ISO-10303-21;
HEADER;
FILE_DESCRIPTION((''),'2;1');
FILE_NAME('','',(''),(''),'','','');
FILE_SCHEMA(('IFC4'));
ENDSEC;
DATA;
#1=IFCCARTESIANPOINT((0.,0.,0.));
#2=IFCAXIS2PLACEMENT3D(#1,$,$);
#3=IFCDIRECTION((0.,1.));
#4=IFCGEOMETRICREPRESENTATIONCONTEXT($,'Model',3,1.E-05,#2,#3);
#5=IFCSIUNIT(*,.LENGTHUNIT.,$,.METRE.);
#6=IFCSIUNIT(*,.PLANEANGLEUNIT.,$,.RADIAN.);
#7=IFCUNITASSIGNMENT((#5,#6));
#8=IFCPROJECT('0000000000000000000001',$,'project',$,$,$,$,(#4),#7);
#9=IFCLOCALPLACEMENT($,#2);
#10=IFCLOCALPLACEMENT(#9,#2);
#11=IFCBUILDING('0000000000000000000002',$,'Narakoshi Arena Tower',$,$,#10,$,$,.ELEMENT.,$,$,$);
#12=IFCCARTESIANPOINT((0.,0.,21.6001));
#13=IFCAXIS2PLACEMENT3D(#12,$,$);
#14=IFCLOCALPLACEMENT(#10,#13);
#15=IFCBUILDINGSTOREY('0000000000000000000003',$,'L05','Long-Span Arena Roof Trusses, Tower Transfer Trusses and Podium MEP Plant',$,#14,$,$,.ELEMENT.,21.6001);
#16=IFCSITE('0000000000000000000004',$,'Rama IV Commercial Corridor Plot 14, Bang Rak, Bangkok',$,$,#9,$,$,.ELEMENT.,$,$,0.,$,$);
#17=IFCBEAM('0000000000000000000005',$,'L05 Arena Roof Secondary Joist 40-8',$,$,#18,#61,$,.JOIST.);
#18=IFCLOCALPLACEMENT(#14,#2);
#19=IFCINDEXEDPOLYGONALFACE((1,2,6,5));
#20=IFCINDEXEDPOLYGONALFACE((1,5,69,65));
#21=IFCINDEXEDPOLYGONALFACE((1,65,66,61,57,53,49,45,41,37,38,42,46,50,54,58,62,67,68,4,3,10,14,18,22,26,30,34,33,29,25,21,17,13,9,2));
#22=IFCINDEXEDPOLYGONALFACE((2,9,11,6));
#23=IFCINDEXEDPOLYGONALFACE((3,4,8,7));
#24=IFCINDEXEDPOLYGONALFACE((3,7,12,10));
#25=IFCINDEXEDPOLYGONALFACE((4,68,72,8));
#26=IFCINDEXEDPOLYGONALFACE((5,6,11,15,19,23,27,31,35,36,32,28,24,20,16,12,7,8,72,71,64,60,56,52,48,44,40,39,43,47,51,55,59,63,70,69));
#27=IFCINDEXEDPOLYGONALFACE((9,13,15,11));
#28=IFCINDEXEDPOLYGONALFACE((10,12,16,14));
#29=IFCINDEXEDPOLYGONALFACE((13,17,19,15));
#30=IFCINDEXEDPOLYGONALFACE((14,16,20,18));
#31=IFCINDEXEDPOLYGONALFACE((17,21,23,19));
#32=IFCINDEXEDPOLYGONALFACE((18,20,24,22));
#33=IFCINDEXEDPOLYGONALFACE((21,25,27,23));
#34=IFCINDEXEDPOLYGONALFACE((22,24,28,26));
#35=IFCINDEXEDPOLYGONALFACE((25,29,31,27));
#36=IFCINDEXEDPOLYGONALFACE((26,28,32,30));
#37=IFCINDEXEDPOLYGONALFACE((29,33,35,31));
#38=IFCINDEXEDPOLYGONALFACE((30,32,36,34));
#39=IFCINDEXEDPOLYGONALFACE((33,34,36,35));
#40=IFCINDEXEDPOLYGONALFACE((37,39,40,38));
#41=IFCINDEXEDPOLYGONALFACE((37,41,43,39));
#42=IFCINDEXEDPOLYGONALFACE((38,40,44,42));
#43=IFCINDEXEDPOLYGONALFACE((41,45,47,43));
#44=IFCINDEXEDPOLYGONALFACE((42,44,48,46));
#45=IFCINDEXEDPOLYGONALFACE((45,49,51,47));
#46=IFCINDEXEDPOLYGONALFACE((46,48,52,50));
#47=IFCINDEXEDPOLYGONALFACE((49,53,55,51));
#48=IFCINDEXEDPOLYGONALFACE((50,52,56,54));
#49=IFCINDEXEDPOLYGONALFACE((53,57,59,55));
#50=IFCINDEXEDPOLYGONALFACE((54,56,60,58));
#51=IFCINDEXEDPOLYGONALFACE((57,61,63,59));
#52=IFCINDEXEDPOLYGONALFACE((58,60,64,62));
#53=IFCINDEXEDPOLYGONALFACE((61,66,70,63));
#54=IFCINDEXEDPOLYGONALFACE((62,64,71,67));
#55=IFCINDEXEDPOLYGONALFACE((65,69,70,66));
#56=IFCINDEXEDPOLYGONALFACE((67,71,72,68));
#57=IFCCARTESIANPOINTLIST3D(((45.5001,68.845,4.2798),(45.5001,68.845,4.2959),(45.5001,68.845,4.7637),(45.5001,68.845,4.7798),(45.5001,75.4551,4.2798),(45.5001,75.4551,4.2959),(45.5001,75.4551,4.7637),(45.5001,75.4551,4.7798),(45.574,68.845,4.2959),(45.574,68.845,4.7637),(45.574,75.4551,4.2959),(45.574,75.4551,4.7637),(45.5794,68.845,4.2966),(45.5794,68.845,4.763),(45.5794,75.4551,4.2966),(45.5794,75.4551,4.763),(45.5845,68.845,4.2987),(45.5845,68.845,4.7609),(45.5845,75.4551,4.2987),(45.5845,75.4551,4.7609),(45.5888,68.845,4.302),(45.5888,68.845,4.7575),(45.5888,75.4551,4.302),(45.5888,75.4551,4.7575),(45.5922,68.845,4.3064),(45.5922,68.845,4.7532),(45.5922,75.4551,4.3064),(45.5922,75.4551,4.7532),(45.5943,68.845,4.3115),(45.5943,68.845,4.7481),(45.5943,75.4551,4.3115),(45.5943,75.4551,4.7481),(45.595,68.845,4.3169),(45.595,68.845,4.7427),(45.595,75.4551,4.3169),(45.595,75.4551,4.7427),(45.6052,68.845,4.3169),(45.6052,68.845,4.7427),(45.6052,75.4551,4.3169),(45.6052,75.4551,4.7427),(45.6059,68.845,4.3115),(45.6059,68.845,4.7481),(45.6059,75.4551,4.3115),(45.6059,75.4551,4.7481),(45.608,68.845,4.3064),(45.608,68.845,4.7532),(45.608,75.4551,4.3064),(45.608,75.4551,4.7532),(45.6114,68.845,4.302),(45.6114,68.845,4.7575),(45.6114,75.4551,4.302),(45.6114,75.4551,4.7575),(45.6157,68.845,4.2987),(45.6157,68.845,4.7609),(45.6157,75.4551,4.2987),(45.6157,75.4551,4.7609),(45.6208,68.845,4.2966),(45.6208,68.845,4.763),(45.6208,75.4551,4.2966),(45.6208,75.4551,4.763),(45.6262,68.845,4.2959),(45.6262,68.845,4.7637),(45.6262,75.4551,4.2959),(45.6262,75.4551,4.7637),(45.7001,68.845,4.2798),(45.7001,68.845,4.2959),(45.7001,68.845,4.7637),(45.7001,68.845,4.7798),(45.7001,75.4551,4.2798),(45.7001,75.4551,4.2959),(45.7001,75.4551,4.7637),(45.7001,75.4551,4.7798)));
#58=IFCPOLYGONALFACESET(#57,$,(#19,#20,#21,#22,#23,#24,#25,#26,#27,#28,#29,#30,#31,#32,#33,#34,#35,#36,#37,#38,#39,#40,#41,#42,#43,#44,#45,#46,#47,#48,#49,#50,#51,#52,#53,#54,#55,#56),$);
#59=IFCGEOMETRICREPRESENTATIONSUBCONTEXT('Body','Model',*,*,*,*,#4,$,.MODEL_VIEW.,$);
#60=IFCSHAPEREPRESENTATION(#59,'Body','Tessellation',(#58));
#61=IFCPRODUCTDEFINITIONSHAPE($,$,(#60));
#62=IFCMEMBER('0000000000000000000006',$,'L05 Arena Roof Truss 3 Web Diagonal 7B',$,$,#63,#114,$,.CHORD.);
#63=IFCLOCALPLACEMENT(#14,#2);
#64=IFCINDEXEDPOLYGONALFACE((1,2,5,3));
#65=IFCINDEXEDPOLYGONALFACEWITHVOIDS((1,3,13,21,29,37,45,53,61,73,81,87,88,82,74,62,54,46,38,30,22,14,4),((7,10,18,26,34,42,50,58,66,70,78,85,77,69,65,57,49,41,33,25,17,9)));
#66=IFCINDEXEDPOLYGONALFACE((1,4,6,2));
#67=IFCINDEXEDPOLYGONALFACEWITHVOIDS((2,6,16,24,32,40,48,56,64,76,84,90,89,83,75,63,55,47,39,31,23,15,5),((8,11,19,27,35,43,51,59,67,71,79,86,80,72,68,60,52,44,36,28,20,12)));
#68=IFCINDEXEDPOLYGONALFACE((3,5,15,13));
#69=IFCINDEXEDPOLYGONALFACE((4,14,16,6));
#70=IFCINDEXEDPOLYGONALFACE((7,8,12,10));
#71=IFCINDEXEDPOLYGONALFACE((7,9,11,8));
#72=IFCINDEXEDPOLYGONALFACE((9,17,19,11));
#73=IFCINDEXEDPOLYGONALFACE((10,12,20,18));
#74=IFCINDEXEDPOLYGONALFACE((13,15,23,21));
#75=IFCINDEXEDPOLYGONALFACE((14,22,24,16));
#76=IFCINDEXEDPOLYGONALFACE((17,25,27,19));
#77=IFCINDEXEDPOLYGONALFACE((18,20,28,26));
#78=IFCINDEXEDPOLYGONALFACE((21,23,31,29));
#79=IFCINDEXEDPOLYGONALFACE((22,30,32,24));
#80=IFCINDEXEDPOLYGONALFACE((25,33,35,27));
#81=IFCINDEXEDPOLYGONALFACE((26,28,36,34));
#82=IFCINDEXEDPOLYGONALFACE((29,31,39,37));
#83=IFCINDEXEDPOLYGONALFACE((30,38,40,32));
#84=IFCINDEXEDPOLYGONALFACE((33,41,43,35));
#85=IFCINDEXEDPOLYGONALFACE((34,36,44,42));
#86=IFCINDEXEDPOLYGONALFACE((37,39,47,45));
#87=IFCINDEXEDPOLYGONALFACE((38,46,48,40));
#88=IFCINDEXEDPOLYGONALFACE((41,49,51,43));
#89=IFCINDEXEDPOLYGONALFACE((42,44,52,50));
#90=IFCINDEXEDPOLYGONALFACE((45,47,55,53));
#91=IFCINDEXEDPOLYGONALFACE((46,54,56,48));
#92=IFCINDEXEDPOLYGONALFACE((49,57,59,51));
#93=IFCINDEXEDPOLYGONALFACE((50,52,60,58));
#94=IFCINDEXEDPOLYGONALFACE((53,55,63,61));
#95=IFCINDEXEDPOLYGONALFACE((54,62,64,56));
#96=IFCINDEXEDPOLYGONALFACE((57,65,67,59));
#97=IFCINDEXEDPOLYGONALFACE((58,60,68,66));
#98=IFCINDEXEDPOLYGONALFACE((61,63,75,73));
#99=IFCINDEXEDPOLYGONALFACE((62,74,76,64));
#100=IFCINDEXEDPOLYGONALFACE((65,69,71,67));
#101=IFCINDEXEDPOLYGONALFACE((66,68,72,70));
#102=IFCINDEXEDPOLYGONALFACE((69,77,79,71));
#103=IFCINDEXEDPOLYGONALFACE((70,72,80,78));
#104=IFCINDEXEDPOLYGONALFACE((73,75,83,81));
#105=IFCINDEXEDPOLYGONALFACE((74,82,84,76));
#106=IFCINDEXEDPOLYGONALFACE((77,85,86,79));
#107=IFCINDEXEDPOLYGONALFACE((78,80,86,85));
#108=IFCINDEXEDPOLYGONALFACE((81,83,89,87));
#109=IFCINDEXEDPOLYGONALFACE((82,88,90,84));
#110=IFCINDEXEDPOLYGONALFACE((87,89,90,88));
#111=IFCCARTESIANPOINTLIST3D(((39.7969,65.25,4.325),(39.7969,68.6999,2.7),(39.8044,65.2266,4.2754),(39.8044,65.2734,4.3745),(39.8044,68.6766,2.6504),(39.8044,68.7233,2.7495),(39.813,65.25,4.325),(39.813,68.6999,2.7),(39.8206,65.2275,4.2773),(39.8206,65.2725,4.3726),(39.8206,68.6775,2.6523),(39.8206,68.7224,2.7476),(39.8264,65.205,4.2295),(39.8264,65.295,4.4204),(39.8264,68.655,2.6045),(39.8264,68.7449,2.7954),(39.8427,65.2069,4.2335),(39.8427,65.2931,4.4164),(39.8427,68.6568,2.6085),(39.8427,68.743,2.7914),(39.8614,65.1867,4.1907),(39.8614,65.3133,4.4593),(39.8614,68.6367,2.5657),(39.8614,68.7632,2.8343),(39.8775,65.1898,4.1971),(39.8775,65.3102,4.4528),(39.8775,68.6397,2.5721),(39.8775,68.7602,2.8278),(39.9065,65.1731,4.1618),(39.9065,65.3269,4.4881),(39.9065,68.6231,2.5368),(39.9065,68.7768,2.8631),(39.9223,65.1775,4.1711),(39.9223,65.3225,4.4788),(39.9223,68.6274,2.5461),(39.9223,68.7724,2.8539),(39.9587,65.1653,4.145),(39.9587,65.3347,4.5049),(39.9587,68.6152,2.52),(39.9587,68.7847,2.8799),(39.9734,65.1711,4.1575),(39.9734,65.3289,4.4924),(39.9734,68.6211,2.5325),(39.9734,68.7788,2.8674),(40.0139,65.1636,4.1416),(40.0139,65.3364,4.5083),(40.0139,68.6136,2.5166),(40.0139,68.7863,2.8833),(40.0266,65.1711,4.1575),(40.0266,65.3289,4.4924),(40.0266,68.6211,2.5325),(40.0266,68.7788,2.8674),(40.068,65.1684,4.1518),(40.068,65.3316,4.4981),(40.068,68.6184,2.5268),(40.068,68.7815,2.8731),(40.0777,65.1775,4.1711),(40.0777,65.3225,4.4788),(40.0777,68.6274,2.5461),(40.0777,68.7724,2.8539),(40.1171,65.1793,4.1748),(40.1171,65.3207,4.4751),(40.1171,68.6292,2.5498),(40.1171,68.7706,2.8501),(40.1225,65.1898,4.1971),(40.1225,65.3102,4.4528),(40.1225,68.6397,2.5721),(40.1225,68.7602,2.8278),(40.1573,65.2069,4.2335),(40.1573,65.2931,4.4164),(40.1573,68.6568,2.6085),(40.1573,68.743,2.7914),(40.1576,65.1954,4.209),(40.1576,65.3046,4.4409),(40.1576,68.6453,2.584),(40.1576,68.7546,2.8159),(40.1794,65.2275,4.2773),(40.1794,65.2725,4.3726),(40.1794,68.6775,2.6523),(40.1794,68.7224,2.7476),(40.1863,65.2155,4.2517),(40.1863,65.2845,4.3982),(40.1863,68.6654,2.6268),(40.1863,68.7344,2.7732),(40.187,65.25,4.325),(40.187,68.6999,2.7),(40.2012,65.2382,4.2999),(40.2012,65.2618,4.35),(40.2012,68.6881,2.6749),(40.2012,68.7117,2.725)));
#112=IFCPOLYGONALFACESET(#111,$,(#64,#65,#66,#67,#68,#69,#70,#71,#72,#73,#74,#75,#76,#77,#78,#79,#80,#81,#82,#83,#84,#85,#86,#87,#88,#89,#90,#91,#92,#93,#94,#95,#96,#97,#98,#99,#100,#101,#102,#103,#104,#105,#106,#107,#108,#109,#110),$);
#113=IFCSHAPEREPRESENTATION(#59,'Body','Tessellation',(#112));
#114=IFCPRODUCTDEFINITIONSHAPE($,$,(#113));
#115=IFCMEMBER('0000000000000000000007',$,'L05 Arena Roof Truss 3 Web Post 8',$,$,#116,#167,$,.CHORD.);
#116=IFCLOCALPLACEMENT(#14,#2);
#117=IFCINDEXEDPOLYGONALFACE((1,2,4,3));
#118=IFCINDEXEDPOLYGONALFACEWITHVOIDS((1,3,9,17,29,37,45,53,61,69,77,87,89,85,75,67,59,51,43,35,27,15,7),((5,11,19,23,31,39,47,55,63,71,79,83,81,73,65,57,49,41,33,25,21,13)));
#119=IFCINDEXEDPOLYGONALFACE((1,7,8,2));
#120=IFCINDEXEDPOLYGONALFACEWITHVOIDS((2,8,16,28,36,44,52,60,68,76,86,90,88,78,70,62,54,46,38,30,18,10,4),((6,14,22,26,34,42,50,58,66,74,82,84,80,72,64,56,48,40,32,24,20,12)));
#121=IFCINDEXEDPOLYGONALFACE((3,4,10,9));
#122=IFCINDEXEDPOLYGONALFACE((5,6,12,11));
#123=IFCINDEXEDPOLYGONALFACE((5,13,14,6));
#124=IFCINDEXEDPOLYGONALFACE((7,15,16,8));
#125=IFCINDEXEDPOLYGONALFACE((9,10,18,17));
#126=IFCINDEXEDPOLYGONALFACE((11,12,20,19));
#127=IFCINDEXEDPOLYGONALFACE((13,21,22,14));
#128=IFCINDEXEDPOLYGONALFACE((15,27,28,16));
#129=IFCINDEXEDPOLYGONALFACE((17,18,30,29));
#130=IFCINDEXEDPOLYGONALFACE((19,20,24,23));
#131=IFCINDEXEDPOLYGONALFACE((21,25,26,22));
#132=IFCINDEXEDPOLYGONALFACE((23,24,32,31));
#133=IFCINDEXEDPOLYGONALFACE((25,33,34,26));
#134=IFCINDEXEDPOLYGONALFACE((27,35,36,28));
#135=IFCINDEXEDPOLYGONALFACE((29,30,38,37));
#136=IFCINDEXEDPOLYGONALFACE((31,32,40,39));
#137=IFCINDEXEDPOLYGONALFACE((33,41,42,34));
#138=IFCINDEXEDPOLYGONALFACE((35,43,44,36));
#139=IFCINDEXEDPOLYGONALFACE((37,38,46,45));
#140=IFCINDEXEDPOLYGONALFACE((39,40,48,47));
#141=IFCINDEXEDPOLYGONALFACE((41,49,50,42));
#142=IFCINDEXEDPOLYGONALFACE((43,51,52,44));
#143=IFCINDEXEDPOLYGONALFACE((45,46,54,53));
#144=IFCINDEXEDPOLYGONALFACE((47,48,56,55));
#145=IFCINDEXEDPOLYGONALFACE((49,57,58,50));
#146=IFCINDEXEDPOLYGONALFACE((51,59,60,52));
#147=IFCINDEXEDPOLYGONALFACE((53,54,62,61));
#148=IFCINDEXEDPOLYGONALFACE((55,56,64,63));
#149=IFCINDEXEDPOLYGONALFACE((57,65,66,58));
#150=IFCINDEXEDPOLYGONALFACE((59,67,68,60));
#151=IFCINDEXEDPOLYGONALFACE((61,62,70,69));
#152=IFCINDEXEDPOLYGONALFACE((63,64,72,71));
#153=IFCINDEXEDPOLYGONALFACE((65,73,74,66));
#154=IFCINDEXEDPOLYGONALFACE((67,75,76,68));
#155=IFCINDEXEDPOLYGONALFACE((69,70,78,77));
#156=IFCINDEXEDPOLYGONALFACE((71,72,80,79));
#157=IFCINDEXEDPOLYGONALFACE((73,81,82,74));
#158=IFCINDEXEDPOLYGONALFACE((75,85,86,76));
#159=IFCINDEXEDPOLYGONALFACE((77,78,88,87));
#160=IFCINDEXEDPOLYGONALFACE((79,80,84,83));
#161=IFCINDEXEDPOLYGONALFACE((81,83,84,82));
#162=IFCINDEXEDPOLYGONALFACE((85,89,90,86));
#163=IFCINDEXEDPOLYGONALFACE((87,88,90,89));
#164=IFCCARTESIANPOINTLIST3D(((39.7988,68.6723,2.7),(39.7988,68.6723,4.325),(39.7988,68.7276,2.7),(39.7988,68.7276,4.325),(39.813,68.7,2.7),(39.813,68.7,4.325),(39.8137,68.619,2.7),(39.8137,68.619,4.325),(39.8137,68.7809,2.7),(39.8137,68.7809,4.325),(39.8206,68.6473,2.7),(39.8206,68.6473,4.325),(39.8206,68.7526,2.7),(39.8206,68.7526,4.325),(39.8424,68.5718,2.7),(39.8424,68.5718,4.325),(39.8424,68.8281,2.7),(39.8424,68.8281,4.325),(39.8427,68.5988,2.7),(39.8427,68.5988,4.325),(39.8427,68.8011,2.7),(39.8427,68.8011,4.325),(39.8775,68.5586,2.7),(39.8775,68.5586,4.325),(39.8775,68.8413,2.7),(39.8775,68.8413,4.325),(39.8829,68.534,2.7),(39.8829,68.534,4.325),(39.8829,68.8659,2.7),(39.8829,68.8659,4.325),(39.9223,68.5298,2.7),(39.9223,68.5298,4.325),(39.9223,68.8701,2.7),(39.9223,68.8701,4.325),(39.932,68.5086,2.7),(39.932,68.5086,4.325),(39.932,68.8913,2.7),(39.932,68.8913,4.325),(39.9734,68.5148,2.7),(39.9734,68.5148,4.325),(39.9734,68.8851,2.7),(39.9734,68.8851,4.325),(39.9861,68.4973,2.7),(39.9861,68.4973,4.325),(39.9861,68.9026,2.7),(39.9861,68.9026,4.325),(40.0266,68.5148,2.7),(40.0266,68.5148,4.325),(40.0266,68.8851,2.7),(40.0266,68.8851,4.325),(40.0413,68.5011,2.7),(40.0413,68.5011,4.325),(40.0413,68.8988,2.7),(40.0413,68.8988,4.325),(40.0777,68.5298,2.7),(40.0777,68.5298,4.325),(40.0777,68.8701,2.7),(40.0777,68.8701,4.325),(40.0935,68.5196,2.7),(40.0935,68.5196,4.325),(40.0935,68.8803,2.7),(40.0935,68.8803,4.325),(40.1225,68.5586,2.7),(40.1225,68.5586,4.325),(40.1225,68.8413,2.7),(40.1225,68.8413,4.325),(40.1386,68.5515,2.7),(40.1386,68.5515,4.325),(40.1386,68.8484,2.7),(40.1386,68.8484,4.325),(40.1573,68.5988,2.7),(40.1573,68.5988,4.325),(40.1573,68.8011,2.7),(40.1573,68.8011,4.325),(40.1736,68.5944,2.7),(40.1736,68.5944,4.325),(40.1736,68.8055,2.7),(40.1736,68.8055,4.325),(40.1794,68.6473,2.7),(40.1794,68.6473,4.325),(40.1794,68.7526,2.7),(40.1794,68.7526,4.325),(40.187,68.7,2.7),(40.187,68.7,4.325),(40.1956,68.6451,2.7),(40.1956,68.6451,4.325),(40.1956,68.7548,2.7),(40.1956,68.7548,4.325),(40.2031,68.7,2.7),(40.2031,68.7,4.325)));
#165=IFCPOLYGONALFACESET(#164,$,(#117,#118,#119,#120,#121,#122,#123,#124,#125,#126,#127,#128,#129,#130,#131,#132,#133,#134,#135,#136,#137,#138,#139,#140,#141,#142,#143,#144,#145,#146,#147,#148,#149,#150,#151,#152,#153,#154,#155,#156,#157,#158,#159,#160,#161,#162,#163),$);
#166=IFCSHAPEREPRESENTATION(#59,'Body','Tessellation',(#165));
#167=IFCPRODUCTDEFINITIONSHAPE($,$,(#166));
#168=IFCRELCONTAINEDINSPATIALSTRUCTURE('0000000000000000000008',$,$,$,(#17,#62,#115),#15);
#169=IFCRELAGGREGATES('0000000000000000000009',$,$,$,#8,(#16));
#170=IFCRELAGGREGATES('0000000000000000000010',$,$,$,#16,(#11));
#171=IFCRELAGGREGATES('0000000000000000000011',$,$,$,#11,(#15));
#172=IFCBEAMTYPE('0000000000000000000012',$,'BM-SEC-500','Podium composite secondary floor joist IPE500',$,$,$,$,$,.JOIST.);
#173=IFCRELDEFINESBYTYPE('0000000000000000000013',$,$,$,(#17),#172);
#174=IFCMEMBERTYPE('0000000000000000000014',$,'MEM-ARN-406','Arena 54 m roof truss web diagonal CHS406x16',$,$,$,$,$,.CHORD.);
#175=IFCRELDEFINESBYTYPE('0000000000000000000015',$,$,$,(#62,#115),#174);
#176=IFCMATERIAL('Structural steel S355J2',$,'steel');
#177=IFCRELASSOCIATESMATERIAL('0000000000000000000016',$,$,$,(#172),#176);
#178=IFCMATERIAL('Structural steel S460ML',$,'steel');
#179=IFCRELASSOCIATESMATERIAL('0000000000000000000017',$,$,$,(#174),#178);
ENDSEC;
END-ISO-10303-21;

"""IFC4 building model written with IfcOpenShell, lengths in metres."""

from ifc_helpers import new_model, si_unit, direction, frame, origin, origin_2d, place, context, subcontext, project, spatial, hollow_circle, i_section, extrude, material, material_profile, profile_set, type_object, element, save


model = new_model("IFC4")

# Units and contexts
model_context = context("Model", 3, precision=1e-05, world=origin(), true_north=direction((0.0, 1.0)))
body_context = subcontext(model_context, "Body", "Model", "MODEL_VIEW")
ifc_project = project(units=[si_unit("LENGTHUNIT", "METRE"), si_unit("PLANEANGLEUNIT", "RADIAN")], contexts=[model_context])

# Site, building, storey
site_placement = place(None, origin())
site = spatial("IfcSite", under=ifc_project, at=site_placement, Name="Rama IV Commercial Corridor Plot 14, Bang Rak, Bangkok", CompositionType="ELEMENT", RefElevation=0.0)
building_placement = place(site_placement, origin())
building = spatial("IfcBuilding", under=site, at=building_placement, Name="Narakoshi Arena Tower", CompositionType="ELEMENT")
storey_placement = place(building_placement, frame((0.0, 0.0, 21.6001)))
storey = spatial("IfcBuildingStorey", under=building, at=storey_placement, Name="L05", Description="Long-Span Arena Roof Trusses, Tower Transfer Trusses and Podium MEP Plant", CompositionType="ELEMENT", Elevation=21.6001)

# Shared definitions
ifc_material_1 = material(Name="Structural steel S355J2", Category="steel")

# Beam
ifc_material_profile_1 = material_profile(ifc_material_1, i_section(OverallWidth=0.2, OverallDepth=0.5, WebThickness=0.0103, FlangeThickness=0.0161, FilletRadius=0.021, at=origin_2d()), Name="IPE500")
ifc_profile_set_1 = profile_set([ifc_material_profile_1], Name="Structural steel S355J2")
beam_type_1 = type_object("IfcBeamType", Name="BM-SEC-500", Description="Podium composite secondary floor joist IPE500", PredefinedType="JOIST", material=ifc_profile_set_1)
beam_1_placement = place(storey_placement, frame((45.6001, 68.845, 4.5298), z_axis=(0.0, 1.0, 0.0), x_axis=(-1.0, 0.0, 0.0)))
element("IfcBeam", 1, at=beam_1_placement, inside=storey, type_object=beam_type_1, Name="L05 Arena Roof Secondary Joist 40-8", PredefinedType="JOIST", context=body_context, shape_type="SweptSolid", body=[
    extrude(i_section(OverallWidth=0.2, OverallDepth=0.5, WebThickness=0.0103, FlangeThickness=0.0161, FilletRadius=0.021, at=origin_2d()), origin(), (0.0, 0.0, 1.0), 6.6101),
])

# Members
ifc_material_2 = material(Name="Structural steel S460ML", Category="steel")
ifc_material_profile_2 = material_profile(ifc_material_2, hollow_circle(Radius=0.2031, WallThickness=0.0161, at=origin_2d()), Name="CHS406x16")
ifc_profile_set_2 = profile_set([ifc_material_profile_2], Name="Structural steel S460ML")
member_type_1 = type_object("IfcMemberType", Name="MEM-ARN-406", Description="Arena 54 m roof truss web diagonal CHS406x16", PredefinedType="CHORD", material=ifc_profile_set_2)
member_1_placement = place(storey_placement, frame((40.0, 65.25, 4.325), z_axis=(0.0, 0.904668, -0.426118), x_axis=(-1.0, 0.0, 0.0)))
element("IfcMember", 2, at=member_1_placement, inside=storey, type_object=member_type_1, Name="L05 Arena Roof Truss 3 Web Diagonal 7B", PredefinedType="CHORD", context=body_context, shape_type="SweptSolid", body=[
    extrude(hollow_circle(Radius=0.2031, WallThickness=0.0161, at=origin_2d()), origin(), (0.0, 0.0, 1.0), 3.8135),
])
member_2_placement = place(storey_placement, frame((40.0, 68.7, 2.7), z_axis=(0.0, 0.0, 1.0), x_axis=(1.0, 0.0, 0.0)))
element("IfcMember", 3, at=member_2_placement, inside=storey, type_object=member_type_1, Name="L05 Arena Roof Truss 3 Web Post 8", PredefinedType="CHORD", context=body_context, shape_type="SweptSolid", body=[
    extrude(hollow_circle(Radius=0.2031, WallThickness=0.0161, at=origin_2d()), origin(), (0.0, 0.0, 1.0), 1.625),
])

save(model, "model.ifc")
